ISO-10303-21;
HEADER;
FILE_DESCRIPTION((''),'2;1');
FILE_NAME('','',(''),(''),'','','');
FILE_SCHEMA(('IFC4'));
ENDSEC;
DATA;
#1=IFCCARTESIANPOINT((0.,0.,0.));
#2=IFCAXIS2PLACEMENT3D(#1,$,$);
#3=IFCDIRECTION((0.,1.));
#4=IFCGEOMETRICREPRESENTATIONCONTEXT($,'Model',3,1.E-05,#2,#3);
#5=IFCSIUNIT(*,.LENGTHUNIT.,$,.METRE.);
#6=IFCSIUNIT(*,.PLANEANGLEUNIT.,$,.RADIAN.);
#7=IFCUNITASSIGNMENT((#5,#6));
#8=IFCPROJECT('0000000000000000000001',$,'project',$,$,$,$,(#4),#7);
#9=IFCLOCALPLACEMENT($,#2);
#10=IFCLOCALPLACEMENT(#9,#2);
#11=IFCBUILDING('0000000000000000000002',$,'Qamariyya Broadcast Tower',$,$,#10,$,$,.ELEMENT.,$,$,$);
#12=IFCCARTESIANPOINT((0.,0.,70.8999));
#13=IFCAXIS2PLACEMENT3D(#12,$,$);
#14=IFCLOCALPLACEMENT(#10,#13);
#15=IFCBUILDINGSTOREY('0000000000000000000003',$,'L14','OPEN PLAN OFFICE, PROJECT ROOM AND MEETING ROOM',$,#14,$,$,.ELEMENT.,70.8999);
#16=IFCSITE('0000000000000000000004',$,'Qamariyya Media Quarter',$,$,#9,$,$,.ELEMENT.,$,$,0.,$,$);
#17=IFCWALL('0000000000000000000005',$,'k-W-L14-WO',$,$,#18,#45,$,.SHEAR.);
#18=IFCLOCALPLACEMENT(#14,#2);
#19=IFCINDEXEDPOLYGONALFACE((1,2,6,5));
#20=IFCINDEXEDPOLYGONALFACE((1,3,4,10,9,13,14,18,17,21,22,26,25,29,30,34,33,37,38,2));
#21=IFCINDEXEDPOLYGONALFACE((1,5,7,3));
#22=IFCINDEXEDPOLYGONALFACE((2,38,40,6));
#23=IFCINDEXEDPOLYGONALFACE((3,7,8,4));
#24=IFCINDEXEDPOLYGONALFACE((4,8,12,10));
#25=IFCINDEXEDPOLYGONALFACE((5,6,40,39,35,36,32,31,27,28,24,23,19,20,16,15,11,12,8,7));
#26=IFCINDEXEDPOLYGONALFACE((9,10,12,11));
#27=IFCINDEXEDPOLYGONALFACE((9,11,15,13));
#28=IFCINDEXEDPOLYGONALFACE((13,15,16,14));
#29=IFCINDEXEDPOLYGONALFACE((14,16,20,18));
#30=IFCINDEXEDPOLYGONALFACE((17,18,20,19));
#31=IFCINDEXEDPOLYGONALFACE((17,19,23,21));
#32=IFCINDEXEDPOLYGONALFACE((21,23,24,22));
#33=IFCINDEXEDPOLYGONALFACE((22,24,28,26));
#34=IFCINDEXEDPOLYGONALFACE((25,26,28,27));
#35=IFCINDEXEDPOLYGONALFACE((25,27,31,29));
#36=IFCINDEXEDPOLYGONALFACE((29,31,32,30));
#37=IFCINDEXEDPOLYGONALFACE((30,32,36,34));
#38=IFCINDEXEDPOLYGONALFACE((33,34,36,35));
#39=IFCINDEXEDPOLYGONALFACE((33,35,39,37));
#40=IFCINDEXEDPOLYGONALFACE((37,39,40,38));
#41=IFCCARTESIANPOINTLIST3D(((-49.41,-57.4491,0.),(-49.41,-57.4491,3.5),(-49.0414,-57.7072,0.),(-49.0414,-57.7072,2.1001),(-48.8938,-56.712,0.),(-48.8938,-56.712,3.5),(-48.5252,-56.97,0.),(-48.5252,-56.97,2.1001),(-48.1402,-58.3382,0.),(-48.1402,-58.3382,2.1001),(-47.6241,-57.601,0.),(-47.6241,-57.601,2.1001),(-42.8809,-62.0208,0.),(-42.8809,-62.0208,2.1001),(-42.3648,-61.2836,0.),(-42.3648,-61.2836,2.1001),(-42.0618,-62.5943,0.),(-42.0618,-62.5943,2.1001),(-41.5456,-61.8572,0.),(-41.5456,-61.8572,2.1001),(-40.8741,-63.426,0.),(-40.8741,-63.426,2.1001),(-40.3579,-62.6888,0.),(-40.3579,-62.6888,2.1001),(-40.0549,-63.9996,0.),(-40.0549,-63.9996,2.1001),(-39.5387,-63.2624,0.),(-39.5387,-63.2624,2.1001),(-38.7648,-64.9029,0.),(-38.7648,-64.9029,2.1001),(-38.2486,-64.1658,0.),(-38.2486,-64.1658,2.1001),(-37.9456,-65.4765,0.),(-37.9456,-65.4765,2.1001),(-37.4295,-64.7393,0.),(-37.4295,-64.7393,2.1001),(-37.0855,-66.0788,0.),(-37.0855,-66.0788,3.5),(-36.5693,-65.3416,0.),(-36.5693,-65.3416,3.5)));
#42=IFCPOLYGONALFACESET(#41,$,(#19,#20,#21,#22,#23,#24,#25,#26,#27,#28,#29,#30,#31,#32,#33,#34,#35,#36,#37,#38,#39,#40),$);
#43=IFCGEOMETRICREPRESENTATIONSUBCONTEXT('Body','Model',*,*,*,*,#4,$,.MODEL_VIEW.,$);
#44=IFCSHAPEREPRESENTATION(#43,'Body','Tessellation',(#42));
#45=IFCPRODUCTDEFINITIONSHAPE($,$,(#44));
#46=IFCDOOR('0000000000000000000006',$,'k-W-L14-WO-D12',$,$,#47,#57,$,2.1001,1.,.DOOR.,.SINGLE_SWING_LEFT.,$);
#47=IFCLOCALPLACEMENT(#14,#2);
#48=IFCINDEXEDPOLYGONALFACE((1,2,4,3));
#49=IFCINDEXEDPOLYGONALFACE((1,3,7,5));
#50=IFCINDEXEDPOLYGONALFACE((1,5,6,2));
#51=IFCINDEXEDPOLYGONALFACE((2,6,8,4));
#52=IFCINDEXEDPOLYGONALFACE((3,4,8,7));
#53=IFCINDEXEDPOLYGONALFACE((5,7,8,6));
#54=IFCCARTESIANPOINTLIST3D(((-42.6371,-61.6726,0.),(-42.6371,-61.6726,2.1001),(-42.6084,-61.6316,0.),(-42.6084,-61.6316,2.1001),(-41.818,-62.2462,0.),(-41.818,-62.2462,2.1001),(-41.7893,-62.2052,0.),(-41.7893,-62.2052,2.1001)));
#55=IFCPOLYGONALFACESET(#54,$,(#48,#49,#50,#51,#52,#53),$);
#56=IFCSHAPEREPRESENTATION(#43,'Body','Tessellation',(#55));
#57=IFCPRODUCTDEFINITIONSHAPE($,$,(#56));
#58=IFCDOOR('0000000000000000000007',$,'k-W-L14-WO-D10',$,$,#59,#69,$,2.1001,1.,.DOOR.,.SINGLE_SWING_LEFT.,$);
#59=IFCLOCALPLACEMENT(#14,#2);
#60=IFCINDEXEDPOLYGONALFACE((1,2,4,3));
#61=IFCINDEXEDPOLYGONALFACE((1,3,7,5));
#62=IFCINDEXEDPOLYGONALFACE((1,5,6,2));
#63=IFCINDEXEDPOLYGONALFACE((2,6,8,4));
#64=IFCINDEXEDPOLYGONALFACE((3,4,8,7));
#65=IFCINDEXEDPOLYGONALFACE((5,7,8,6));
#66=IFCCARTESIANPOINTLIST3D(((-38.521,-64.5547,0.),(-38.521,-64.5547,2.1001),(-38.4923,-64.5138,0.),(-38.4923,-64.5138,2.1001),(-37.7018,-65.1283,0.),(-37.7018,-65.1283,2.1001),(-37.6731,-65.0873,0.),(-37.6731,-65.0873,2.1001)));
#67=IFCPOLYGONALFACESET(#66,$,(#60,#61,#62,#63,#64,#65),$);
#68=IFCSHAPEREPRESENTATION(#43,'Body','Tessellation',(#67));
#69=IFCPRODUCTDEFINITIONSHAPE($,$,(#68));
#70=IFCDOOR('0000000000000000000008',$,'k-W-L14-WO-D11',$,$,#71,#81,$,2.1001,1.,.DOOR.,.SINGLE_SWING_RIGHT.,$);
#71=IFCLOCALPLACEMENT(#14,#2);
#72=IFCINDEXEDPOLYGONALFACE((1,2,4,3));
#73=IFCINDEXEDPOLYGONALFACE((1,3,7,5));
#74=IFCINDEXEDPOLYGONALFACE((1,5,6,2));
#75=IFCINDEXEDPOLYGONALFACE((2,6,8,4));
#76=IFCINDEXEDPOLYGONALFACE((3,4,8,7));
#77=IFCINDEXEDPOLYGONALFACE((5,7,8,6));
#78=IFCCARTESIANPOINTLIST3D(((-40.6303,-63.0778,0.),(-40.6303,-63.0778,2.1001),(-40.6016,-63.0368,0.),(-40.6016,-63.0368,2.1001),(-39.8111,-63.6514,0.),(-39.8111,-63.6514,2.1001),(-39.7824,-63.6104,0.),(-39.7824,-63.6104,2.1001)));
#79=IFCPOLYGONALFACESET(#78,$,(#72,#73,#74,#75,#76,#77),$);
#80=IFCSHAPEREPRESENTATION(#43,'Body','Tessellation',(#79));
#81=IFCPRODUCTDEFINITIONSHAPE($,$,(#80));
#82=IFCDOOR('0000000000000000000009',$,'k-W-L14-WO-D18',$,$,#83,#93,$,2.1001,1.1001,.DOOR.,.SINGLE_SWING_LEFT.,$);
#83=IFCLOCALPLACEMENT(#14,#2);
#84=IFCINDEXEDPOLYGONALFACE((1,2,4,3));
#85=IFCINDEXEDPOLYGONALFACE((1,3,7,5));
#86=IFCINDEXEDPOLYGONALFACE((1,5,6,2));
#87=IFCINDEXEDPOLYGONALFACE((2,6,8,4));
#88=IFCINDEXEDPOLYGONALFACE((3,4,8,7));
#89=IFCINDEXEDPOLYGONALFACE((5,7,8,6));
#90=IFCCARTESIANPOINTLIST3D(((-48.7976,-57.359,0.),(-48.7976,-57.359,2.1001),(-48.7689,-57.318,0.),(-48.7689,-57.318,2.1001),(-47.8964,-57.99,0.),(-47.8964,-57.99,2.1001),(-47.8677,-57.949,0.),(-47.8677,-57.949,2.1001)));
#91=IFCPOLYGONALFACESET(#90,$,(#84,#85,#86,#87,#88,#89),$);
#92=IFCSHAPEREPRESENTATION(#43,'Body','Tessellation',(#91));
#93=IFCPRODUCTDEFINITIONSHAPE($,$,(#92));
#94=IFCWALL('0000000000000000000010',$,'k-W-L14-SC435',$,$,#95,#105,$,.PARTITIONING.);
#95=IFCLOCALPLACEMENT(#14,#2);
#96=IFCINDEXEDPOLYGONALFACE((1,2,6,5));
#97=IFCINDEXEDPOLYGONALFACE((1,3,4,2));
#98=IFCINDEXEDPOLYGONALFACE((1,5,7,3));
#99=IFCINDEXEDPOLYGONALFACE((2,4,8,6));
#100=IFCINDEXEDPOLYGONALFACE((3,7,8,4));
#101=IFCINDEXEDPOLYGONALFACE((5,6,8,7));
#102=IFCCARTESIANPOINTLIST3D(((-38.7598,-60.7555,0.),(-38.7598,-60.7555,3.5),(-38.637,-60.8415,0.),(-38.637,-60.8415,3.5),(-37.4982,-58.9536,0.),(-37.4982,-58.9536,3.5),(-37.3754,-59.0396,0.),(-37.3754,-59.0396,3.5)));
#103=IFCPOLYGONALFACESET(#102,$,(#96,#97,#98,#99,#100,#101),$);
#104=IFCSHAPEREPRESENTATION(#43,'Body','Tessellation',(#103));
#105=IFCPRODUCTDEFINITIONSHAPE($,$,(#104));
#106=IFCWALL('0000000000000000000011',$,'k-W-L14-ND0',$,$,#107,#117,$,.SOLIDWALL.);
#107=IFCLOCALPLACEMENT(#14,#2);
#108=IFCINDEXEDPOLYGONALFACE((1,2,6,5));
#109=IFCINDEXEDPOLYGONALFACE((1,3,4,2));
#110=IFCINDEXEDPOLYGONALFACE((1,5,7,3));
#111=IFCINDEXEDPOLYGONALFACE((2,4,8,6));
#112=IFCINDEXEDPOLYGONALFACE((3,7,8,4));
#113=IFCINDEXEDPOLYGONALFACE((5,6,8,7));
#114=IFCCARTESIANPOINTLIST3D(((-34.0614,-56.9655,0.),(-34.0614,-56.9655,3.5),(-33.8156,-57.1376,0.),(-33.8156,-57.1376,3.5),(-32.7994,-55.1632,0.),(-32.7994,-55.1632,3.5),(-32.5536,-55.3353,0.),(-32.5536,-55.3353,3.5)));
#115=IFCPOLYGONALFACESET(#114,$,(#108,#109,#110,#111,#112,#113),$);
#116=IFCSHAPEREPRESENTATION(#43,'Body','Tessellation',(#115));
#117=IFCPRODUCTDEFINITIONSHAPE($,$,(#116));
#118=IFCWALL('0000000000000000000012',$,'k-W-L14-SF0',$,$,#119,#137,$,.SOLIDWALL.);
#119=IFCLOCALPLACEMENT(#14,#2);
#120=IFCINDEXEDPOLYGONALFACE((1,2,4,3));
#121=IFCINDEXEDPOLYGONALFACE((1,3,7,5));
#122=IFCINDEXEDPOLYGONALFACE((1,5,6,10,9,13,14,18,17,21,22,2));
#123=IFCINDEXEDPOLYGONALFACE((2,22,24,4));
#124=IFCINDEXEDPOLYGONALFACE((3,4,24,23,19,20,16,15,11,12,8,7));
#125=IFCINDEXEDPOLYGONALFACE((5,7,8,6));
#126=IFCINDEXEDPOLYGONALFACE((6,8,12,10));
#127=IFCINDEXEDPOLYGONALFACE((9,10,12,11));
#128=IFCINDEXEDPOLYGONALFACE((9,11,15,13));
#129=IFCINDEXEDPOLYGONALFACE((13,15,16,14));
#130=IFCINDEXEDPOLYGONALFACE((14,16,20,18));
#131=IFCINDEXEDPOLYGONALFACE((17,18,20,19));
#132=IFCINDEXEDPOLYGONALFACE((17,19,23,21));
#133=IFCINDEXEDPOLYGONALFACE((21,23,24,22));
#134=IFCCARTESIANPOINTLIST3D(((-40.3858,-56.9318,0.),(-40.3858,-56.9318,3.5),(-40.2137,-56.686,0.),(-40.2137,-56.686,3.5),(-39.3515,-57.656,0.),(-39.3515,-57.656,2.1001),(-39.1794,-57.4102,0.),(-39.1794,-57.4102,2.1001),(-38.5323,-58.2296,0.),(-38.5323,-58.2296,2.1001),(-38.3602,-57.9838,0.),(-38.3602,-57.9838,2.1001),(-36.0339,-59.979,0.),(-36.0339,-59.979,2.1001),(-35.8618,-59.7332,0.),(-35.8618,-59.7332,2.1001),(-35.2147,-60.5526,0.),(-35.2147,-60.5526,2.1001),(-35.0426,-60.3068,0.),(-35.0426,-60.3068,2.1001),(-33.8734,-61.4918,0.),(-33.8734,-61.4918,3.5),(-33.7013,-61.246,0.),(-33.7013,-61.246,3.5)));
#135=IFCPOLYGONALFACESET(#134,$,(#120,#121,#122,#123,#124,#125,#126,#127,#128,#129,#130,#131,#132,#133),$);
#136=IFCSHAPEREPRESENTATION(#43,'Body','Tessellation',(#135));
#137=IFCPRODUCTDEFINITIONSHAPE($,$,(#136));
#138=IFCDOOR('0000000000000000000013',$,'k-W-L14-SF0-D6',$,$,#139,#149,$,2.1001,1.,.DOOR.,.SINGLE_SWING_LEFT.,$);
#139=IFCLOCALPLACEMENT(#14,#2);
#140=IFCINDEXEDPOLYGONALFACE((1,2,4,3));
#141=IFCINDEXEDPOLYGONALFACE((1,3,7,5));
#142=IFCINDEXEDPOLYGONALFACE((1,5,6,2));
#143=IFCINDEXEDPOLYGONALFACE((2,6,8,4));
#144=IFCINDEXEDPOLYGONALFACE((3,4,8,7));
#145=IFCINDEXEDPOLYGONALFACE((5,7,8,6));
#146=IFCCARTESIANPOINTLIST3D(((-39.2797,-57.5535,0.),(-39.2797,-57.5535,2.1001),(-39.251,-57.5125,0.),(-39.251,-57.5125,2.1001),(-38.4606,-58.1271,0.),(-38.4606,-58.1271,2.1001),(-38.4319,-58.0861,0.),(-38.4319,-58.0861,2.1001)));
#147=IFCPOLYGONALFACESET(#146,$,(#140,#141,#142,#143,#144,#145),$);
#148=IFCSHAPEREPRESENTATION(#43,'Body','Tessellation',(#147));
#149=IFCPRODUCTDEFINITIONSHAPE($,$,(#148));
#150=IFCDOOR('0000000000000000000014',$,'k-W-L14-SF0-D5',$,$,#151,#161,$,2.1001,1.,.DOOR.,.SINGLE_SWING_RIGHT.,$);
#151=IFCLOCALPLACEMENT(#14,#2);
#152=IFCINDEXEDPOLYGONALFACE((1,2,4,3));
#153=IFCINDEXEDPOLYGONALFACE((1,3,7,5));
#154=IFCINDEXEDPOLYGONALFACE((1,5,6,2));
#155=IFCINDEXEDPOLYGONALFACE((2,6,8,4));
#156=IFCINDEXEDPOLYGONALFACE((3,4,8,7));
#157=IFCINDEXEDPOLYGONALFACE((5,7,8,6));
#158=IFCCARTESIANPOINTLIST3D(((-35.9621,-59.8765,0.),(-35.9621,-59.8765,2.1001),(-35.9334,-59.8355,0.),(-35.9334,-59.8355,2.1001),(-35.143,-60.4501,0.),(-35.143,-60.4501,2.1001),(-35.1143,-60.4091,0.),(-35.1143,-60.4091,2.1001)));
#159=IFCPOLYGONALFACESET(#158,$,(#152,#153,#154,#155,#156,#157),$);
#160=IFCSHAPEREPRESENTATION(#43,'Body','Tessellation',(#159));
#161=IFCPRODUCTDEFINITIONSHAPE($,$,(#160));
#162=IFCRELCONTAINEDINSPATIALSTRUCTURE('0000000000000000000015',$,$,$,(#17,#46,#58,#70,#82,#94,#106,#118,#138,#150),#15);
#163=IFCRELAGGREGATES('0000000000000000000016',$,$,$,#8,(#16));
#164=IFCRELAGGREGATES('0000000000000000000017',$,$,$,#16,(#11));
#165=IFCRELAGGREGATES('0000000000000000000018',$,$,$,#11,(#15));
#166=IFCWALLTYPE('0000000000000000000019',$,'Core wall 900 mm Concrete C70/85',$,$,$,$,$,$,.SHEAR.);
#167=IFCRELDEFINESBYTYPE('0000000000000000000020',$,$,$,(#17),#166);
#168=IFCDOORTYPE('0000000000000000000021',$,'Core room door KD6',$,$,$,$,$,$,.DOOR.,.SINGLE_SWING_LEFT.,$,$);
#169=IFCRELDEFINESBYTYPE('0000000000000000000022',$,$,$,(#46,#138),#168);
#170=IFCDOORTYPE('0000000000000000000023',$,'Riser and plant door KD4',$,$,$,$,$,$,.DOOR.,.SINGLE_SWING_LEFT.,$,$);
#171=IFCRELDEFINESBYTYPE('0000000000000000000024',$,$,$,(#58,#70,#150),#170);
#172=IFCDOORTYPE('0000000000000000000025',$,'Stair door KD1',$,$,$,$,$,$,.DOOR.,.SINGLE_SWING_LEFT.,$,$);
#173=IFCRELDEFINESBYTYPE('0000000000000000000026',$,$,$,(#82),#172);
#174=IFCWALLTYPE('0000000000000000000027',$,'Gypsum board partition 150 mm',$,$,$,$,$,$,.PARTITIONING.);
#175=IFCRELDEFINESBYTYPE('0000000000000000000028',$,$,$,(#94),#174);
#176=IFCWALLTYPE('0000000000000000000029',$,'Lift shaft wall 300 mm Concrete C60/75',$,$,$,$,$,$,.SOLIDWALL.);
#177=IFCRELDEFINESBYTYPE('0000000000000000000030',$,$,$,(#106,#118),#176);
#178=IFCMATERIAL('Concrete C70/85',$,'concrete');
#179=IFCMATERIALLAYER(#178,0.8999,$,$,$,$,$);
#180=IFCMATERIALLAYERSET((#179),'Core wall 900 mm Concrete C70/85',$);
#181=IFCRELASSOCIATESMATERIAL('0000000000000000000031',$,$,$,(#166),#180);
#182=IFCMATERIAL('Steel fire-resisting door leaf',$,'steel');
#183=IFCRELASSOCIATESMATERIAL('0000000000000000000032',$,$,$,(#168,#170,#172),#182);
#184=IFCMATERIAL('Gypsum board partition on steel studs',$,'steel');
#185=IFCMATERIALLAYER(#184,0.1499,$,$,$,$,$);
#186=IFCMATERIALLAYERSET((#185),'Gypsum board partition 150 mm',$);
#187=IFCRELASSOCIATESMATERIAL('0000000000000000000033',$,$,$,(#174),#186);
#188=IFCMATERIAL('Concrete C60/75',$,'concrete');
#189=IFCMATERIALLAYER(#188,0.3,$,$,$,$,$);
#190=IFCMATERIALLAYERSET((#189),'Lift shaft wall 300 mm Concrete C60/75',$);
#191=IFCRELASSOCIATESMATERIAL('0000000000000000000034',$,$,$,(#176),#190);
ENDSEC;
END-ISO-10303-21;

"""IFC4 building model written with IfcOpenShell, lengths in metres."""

from ifc_helpers import new_model, si_unit, direction, frame, frame_2d, origin, place, context, subcontext, project, spatial, rectangle, extrude, material, layer, layer_set, type_object, element, fill, save


model = new_model("IFC4")

# Units and contexts
model_context = context("Model", 3, precision=1e-05, world=origin(), true_north=direction((0.0, 1.0)))
body_context = subcontext(model_context, "Body", "Model", "MODEL_VIEW")
ifc_project = project(units=[si_unit("LENGTHUNIT", "METRE"), si_unit("PLANEANGLEUNIT", "RADIAN")], contexts=[model_context])

# Site, building, storey
site_placement = place(None, origin())
site = spatial("IfcSite", under=ifc_project, at=site_placement, Name="Qamariyya Media Quarter", CompositionType="ELEMENT", RefElevation=0.0)
building_placement = place(site_placement, origin())
building = spatial("IfcBuilding", under=site, at=building_placement, Name="Qamariyya Broadcast Tower", CompositionType="ELEMENT")
storey_placement = place(building_placement, frame((0.0, 0.0, 70.8999)))
storey = spatial("IfcBuildingStorey", under=building, at=storey_placement, Name="L14", Description="OPEN PLAN OFFICE, PROJECT ROOM AND MEETING ROOM", CompositionType="ELEMENT", Elevation=70.8999)

# Shared definitions
ifc_material_1 = material(Name="Concrete C70/85", Category="concrete")

# Shared definitions
ifc_layer_1 = layer(ifc_material_1, 0.8999)
ifc_layer_set_1 = layer_set([ifc_layer_1], Name="Core wall 900 mm Concrete C70/85")
wall_type_1 = type_object("IfcWallType", Name="Core wall 900 mm Concrete C70/85", PredefinedType="SHEAR", material=ifc_layer_set_1)
ifc_material_2 = material(Name="Steel fire-resisting door leaf", Category="steel")

# Wall, openings, doors
wall_1_placement = place(storey_placement, frame((-36.8274, -65.7102, 0.0), z_axis=(0.0, 0.0, 1.0), x_axis=(-0.819153, 0.573575, 0.0)))
wall_1 = element("IfcWall", 1, at=wall_1_placement, inside=storey, type_object=wall_type_1, Name="k-W-L14-WO", PredefinedType="SHEAR", context=body_context, shape_type="SweptSolid", body=[
    extrude(rectangle(XDim=15.0454, YDim=0.8999, at=frame_2d((7.5227, 0.0))), origin(), (0.0, 0.0, 1.0), 3.5),
])
opening_1_placement = place(wall_1_placement, frame((1.05, 0.0, 0.0)))
opening_1 = element("IfcOpeningElement", 2, at=opening_1_placement, cuts=wall_1, PredefinedType="OPENING", context=body_context, shape_type="SweptSolid", body=[
    extrude(rectangle(XDim=1.0, YDim=2.1001, at=frame_2d((0.5, 1.05))), frame((0.0, 0.46, 0.0), z_axis=(0.0, -1.0, 0.0), x_axis=(1.0, 0.0, 0.0)), (0.0, 0.0, 1.0), 0.9199),
])
opening_2_placement = place(wall_1_placement, frame((3.625, 0.0, 0.0)))
opening_2 = element("IfcOpeningElement", 3, at=opening_2_placement, cuts=wall_1, PredefinedType="OPENING", context=body_context, shape_type="SweptSolid", body=[
    extrude(rectangle(XDim=1.0, YDim=2.1001, at=frame_2d((0.5, 1.05))), frame((0.0, 0.46, 0.0), z_axis=(0.0, -1.0, 0.0), x_axis=(1.0, 0.0, 0.0)), (0.0, 0.0, 1.0), 0.9199),
])
opening_3_placement = place(wall_1_placement, frame((6.075, 0.0, 0.0)))
opening_3 = element("IfcOpeningElement", 4, at=opening_3_placement, cuts=wall_1, PredefinedType="OPENING", context=body_context, shape_type="SweptSolid", body=[
    extrude(rectangle(XDim=1.0, YDim=2.1001, at=frame_2d((0.5, 1.05))), frame((0.0, 0.46, 0.0), z_axis=(0.0, -1.0, 0.0), x_axis=(1.0, 0.0, 0.0)), (0.0, 0.0, 1.0), 0.9199),
])
opening_4_placement = place(wall_1_placement, frame((13.4954, 0.0, 0.0)))
opening_4 = element("IfcOpeningElement", 5, at=opening_4_placement, cuts=wall_1, PredefinedType="OPENING", context=body_context, shape_type="SweptSolid", body=[
    extrude(rectangle(XDim=1.1001, YDim=2.1001, at=frame_2d((0.55, 1.05))), frame((0.0, 0.46, 0.0), z_axis=(0.0, -1.0, 0.0), x_axis=(1.0, 0.0, 0.0)), (0.0, 0.0, 1.0), 0.9199),
])
door_type_1 = type_object("IfcDoorType", Name="Core room door KD6", OperationType="SINGLE_SWING_LEFT", PredefinedType="DOOR", material=ifc_material_2)
door_1_placement = place(opening_3_placement, origin())
door_1 = element("IfcDoor", 6, at=door_1_placement, inside=storey, type_object=door_type_1, Name="k-W-L14-WO-D12", OperationType="SINGLE_SWING_LEFT", OverallHeight=2.1001, OverallWidth=1.0, PredefinedType="DOOR", context=body_context, shape_type="SweptSolid", body=[
    extrude(rectangle(XDim=1.0, YDim=2.1001, at=frame_2d((0.5, 1.05))), frame((0.0, 0.0249, 0.0), z_axis=(0.0, -1.0, 0.0), x_axis=(1.0, 0.0, 0.0)), (0.0, 0.0, 1.0), 0.05),
])
fill(opening_3, door_1)
door_type_2 = type_object("IfcDoorType", Name="Riser and plant door KD4", OperationType="SINGLE_SWING_LEFT", PredefinedType="DOOR", material=ifc_material_2)
door_2_placement = place(opening_1_placement, origin())
door_2 = element("IfcDoor", 7, at=door_2_placement, inside=storey, type_object=door_type_2, Name="k-W-L14-WO-D10", OperationType="SINGLE_SWING_LEFT", OverallHeight=2.1001, OverallWidth=1.0, PredefinedType="DOOR", context=body_context, shape_type="SweptSolid", body=[
    extrude(rectangle(XDim=1.0, YDim=2.1001, at=frame_2d((0.5, 1.05))), frame((0.0, 0.0249, 0.0), z_axis=(0.0, -1.0, 0.0), x_axis=(1.0, 0.0, 0.0)), (0.0, 0.0, 1.0), 0.05),
])
fill(opening_1, door_2)
door_3_placement = place(opening_2_placement, origin())
door_3 = element("IfcDoor", 8, at=door_3_placement, inside=storey, type_object=door_type_2, Name="k-W-L14-WO-D11", OperationType="SINGLE_SWING_RIGHT", OverallHeight=2.1001, OverallWidth=1.0, PredefinedType="DOOR", context=body_context, shape_type="SweptSolid", body=[
    extrude(rectangle(XDim=1.0, YDim=2.1001, at=frame_2d((0.5, 1.05))), frame((0.0, 0.0249, 0.0), z_axis=(0.0, -1.0, 0.0), x_axis=(1.0, 0.0, 0.0)), (0.0, 0.0, 1.0), 0.05),
])
fill(opening_2, door_3)
door_type_3 = type_object("IfcDoorType", Name="Stair door KD1", OperationType="SINGLE_SWING_LEFT", PredefinedType="DOOR", material=ifc_material_2)
door_4_placement = place(opening_4_placement, origin())
door_4 = element("IfcDoor", 9, at=door_4_placement, inside=storey, type_object=door_type_3, Name="k-W-L14-WO-D18", OperationType="SINGLE_SWING_LEFT", OverallHeight=2.1001, OverallWidth=1.1001, PredefinedType="DOOR", context=body_context, shape_type="SweptSolid", body=[
    extrude(rectangle(XDim=1.1001, YDim=2.1001, at=frame_2d((0.55, 1.05))), frame((0.0, 0.0249, 0.0), z_axis=(0.0, -1.0, 0.0), x_axis=(1.0, 0.0, 0.0)), (0.0, 0.0, 1.0), 0.05),
])
fill(opening_4, door_4)

# Walls
ifc_material_3 = material(Name="Gypsum board partition on steel studs", Category="steel")
ifc_layer_2 = layer(ifc_material_3, 0.1499)
ifc_layer_set_2 = layer_set([ifc_layer_2], Name="Gypsum board partition 150 mm")
wall_type_2 = type_object("IfcWallType", Name="Gypsum board partition 150 mm", PredefinedType="PARTITIONING", material=ifc_layer_set_2)
wall_2_placement = place(storey_placement, frame((-37.4368, -58.9966, 0.0), z_axis=(0.0, 0.0, 1.0), x_axis=(-0.573559, -0.819164, 0.0)))
element("IfcWall", 10, at=wall_2_placement, inside=storey, type_object=wall_type_2, Name="k-W-L14-SC435", PredefinedType="PARTITIONING", context=body_context, shape_type="SweptSolid", body=[
    extrude(rectangle(XDim=2.1997, YDim=0.1499, at=frame_2d((1.0999, 0.0))), origin(), (0.0, 0.0, 1.0), 3.5),
])
ifc_material_4 = material(Name="Concrete C60/75", Category="concrete")
ifc_layer_3 = layer(ifc_material_4, 0.3)
ifc_layer_set_3 = layer_set([ifc_layer_3], Name="Lift shaft wall 300 mm Concrete C60/75")
wall_type_3 = type_object("IfcWallType", Name="Lift shaft wall 300 mm Concrete C60/75", PredefinedType="SOLIDWALL", material=ifc_layer_set_3)
wall_3_placement = place(storey_placement, frame((-33.9385, -57.0515, 0.0), z_axis=(0.0, 0.0, 1.0), x_axis=(0.573581, 0.819149, 0.0)))
element("IfcWall", 11, at=wall_3_placement, inside=storey, type_object=wall_type_3, Name="k-W-L14-ND0", PredefinedType="SOLIDWALL", context=body_context, shape_type="SweptSolid", body=[
    extrude(rectangle(XDim=2.2002, YDim=0.3, at=frame_2d((1.1001, 0.0))), origin(), (0.0, 0.0, 1.0), 3.5),
])

# Wall, openings, doors
wall_4_placement = place(storey_placement, frame((-33.7874, -61.3689, 0.0), z_axis=(0.0, 0.0, 1.0), x_axis=(-0.819153, 0.573576, 0.0)))
wall_4 = element("IfcWall", 12, at=wall_4_placement, inside=storey, type_object=wall_type_3, Name="k-W-L14-SF0", PredefinedType="SOLIDWALL", context=body_context, shape_type="SweptSolid", body=[
    extrude(rectangle(XDim=7.9502, YDim=0.3, at=frame_2d((3.9751, 0.0))), origin(), (0.0, 0.0, 1.0), 3.5),
])
opening_5_placement = place(wall_4_placement, frame((1.6375, 0.0, 0.0)))
opening_5 = element("IfcOpeningElement", 13, at=opening_5_placement, cuts=wall_4, PredefinedType="OPENING", context=body_context, shape_type="SweptSolid", body=[
    extrude(rectangle(XDim=1.0, YDim=2.1001, at=frame_2d((0.5, 1.05))), frame((0.0, 0.1599, 0.0), z_axis=(0.0, -1.0, 0.0), x_axis=(1.0, 0.0, 0.0)), (0.0, 0.0, 1.0), 0.3201),
])
opening_6_placement = place(wall_4_placement, frame((5.6875, 0.0, 0.0)))
opening_6 = element("IfcOpeningElement", 14, at=opening_6_placement, cuts=wall_4, PredefinedType="OPENING", context=body_context, shape_type="SweptSolid", body=[
    extrude(rectangle(XDim=1.0, YDim=2.1001, at=frame_2d((0.5, 1.05))), frame((0.0, 0.1599, 0.0), z_axis=(0.0, -1.0, 0.0), x_axis=(1.0, 0.0, 0.0)), (0.0, 0.0, 1.0), 0.3201),
])
door_5_placement = place(opening_6_placement, origin())
door_5 = element("IfcDoor", 15, at=door_5_placement, inside=storey, type_object=door_type_1, Name="k-W-L14-SF0-D6", OperationType="SINGLE_SWING_LEFT", OverallHeight=2.1001, OverallWidth=1.0, PredefinedType="DOOR", context=body_context, shape_type="SweptSolid", body=[
    extrude(rectangle(XDim=1.0, YDim=2.1001, at=frame_2d((0.5, 1.05))), frame((0.0, 0.0249, 0.0), z_axis=(0.0, -1.0, 0.0), x_axis=(1.0, 0.0, 0.0)), (0.0, 0.0, 1.0), 0.05),
])
fill(opening_6, door_5)
door_6_placement = place(opening_5_placement, origin())
door_6 = element("IfcDoor", 16, at=door_6_placement, inside=storey, type_object=door_type_2, Name="k-W-L14-SF0-D5", OperationType="SINGLE_SWING_RIGHT", OverallHeight=2.1001, OverallWidth=1.0, PredefinedType="DOOR", context=body_context, shape_type="SweptSolid", body=[
    extrude(rectangle(XDim=1.0, YDim=2.1001, at=frame_2d((0.5, 1.05))), frame((0.0, 0.0249, 0.0), z_axis=(0.0, -1.0, 0.0), x_axis=(1.0, 0.0, 0.0)), (0.0, 0.0, 1.0), 0.05),
])
fill(opening_5, door_6)

save(model, "model.ifc")
